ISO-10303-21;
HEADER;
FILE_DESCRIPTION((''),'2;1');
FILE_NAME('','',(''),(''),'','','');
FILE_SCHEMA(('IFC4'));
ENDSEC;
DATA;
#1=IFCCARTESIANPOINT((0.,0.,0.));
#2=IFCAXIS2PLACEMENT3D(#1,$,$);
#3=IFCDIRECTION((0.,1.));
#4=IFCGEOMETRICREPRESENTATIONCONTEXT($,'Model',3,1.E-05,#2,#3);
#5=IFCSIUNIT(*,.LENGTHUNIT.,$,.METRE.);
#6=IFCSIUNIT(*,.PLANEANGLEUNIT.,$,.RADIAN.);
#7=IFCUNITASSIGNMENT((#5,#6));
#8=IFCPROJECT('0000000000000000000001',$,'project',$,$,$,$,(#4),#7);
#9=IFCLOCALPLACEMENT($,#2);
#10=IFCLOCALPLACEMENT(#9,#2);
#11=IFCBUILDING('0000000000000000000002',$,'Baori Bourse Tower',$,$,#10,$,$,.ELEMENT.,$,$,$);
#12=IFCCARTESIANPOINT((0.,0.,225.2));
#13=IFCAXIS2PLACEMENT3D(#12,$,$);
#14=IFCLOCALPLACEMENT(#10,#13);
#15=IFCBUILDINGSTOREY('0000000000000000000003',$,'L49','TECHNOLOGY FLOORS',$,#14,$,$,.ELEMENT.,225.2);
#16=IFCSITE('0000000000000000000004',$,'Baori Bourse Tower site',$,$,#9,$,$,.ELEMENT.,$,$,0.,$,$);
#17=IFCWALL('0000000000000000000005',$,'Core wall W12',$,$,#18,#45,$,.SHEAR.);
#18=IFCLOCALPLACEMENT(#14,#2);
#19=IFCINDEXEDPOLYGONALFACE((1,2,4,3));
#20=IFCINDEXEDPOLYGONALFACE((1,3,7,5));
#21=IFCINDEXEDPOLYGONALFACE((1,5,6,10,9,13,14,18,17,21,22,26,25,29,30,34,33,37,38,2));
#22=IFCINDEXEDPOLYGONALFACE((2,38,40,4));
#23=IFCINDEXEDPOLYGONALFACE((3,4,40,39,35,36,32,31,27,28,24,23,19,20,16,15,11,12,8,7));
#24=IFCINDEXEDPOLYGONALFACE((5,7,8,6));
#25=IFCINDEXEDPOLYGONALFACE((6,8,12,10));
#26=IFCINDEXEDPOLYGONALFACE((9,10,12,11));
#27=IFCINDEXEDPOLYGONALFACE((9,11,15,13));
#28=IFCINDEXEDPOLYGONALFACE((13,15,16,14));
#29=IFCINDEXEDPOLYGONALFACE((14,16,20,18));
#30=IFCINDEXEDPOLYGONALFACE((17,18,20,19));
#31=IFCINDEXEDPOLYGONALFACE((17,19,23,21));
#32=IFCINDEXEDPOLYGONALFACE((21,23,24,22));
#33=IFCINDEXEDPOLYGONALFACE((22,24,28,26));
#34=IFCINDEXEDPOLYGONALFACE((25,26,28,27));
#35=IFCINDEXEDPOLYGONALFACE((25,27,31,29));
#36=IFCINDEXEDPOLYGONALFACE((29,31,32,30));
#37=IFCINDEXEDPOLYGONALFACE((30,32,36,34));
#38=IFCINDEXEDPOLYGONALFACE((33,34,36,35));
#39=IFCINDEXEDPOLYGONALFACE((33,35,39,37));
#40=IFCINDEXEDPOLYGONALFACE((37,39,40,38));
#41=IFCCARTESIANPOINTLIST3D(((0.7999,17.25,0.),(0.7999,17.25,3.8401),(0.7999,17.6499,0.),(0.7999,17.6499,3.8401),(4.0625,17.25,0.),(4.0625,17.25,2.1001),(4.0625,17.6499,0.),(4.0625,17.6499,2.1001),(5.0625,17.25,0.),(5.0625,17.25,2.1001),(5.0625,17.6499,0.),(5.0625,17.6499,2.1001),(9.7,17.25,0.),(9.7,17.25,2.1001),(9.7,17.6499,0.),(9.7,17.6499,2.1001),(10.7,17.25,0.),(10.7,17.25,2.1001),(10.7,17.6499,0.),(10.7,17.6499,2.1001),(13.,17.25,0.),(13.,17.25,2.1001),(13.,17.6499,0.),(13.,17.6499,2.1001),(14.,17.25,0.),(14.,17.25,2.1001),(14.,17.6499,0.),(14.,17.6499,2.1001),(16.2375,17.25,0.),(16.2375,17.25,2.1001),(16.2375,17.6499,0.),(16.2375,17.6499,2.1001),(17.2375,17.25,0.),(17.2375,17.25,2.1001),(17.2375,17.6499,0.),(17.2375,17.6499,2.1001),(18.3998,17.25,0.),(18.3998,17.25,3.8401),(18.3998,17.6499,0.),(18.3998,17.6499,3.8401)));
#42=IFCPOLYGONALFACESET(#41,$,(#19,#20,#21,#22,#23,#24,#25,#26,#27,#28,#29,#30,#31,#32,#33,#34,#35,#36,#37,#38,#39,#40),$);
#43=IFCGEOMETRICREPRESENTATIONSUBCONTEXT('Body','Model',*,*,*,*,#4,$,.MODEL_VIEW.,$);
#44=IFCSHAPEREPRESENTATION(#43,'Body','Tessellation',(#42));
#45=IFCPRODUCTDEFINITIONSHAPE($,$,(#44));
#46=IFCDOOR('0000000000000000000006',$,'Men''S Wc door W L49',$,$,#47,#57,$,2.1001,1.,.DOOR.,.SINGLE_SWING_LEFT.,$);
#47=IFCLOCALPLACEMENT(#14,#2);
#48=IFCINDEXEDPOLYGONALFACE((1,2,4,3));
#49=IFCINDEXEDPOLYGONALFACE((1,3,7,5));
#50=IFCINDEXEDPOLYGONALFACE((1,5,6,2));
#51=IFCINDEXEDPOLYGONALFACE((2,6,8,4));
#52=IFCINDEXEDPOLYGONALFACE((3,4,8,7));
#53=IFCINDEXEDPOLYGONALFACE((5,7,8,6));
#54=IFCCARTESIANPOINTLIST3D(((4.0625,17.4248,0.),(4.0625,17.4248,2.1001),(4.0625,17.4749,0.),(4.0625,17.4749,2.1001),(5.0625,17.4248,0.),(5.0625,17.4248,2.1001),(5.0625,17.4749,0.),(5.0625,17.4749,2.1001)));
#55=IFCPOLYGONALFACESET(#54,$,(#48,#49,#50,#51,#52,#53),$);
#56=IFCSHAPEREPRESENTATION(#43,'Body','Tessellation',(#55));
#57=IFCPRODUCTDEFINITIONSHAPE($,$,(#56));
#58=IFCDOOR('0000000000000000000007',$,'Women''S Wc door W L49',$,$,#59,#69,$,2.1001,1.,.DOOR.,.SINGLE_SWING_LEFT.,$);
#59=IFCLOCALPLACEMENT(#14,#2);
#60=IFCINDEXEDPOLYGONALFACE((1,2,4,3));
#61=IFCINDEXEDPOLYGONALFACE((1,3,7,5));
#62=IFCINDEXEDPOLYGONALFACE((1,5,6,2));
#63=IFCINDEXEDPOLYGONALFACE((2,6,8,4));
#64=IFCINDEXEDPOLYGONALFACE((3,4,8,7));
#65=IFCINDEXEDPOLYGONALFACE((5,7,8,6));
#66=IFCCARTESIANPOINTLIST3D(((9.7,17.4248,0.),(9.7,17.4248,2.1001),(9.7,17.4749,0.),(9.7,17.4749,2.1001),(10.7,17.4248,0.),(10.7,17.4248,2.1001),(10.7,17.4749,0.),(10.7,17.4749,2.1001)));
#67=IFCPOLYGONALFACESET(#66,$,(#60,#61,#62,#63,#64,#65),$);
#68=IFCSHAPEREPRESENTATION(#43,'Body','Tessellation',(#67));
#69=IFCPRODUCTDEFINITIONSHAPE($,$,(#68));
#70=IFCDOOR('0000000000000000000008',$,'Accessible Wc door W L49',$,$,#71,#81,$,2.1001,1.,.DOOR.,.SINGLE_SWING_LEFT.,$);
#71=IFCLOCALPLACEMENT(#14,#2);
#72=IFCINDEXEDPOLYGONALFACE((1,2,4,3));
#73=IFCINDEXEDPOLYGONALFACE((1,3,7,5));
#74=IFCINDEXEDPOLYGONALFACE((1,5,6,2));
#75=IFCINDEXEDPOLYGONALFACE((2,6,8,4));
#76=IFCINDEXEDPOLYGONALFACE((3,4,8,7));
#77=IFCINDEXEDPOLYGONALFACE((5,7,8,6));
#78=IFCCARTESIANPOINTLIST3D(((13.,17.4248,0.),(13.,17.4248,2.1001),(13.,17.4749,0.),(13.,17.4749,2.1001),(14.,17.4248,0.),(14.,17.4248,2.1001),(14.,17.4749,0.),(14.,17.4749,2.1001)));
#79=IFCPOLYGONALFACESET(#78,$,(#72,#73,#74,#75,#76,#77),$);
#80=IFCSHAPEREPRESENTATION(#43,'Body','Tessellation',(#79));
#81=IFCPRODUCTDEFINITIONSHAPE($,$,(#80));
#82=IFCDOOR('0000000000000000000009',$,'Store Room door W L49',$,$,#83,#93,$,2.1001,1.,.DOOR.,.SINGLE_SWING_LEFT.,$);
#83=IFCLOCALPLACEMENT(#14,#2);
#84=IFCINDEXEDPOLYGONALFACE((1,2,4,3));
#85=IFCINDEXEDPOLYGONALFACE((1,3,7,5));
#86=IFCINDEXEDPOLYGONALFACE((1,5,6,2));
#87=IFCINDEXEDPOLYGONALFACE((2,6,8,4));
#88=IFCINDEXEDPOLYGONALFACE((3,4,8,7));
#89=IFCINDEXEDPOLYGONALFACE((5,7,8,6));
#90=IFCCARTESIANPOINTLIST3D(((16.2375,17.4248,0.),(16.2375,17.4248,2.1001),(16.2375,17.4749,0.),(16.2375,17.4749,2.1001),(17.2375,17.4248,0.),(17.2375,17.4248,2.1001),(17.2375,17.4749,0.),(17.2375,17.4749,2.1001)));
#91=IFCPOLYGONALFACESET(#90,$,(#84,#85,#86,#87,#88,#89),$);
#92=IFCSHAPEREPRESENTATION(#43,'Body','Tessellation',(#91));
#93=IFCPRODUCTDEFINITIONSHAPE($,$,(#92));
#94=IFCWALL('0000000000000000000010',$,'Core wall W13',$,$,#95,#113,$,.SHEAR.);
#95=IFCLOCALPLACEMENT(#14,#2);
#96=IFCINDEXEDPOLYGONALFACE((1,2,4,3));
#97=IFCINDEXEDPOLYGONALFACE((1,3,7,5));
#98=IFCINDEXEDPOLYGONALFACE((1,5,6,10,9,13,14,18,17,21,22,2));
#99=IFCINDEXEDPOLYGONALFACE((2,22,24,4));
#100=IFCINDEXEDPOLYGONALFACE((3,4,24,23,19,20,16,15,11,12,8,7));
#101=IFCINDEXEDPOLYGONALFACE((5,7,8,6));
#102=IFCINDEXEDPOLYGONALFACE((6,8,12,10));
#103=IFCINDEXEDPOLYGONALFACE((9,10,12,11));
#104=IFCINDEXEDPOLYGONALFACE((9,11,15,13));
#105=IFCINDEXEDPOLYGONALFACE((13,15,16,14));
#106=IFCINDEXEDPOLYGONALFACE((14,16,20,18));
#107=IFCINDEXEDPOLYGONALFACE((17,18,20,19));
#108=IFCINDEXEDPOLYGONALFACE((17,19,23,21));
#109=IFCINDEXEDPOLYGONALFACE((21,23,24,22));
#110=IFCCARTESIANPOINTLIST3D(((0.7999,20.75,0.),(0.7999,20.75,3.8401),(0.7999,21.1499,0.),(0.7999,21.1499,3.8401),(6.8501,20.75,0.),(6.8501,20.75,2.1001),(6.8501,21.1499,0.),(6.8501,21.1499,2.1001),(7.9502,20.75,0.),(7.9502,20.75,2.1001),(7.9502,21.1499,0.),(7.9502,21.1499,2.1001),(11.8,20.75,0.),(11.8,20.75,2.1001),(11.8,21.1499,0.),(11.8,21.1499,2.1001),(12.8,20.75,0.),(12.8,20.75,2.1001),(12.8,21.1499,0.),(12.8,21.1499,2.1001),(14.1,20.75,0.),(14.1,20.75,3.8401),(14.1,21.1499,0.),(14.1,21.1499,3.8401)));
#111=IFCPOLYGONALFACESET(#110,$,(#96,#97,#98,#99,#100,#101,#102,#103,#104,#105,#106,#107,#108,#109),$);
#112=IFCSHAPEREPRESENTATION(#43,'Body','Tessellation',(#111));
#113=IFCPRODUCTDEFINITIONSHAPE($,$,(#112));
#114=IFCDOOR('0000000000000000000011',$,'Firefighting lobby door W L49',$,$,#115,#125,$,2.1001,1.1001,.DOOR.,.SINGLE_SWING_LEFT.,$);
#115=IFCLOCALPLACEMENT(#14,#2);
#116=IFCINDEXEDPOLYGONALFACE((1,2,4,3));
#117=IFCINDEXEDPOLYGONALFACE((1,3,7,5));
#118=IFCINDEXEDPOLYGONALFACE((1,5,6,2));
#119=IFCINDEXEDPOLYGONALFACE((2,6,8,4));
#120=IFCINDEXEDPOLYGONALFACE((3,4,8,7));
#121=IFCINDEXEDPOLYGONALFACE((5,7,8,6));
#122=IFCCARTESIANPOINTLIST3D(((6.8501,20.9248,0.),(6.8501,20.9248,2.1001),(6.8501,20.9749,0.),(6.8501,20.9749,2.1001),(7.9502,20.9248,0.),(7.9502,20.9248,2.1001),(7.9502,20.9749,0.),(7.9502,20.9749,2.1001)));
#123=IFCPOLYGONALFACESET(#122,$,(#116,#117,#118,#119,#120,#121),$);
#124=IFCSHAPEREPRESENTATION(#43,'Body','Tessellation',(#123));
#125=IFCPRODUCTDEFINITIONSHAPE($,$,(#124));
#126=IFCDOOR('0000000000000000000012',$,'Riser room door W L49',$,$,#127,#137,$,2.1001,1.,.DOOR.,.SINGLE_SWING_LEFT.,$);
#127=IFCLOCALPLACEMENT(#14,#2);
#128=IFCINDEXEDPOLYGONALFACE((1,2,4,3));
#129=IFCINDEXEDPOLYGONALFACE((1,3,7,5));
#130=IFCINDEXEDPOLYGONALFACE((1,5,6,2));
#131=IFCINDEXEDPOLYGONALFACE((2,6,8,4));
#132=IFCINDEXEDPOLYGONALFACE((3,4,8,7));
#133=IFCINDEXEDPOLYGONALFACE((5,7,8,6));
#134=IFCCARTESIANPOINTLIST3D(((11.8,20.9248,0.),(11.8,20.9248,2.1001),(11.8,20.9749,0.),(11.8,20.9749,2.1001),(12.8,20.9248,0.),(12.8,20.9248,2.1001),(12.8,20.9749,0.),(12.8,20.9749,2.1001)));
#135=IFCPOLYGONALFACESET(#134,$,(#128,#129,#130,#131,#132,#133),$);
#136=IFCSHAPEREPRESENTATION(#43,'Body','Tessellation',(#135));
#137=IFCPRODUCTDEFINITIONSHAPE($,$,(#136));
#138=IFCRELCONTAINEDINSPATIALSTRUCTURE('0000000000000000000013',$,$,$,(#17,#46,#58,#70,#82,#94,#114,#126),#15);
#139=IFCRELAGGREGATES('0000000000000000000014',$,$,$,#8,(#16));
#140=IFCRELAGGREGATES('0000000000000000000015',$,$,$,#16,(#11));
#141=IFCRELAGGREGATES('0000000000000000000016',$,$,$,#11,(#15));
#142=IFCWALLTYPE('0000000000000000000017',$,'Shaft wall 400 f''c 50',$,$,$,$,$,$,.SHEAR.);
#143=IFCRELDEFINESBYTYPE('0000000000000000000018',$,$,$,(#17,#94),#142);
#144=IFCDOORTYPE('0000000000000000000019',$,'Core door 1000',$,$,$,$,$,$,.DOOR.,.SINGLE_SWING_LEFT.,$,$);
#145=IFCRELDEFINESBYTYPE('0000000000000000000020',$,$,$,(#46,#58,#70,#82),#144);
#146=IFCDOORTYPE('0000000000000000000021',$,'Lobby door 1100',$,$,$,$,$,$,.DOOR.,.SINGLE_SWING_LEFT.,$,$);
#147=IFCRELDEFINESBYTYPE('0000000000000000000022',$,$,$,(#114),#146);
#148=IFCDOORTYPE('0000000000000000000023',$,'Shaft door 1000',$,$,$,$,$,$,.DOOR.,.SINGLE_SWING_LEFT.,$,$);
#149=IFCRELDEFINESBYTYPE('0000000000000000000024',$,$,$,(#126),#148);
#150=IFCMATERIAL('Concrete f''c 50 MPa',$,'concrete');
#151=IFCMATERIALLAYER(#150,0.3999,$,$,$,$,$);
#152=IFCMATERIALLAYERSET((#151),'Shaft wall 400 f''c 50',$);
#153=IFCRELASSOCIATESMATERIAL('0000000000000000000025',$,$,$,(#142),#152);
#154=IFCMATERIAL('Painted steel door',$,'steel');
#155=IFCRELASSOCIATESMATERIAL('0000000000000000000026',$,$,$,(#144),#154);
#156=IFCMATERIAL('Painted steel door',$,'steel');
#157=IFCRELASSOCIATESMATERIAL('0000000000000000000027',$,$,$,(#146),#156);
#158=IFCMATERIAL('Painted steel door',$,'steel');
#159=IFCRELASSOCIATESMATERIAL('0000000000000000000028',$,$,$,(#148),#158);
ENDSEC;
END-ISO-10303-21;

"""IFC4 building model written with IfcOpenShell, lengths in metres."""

from ifc_helpers import new_model, si_unit, direction, frame, frame_2d, origin, place, context, subcontext, project, spatial, rectangle, extrude, material, layer, layer_set, type_object, element, fill, save


model = new_model("IFC4")

# Units and contexts
model_context = context("Model", 3, precision=1e-05, world=origin(), true_north=direction((0.0, 1.0)))
body_context = subcontext(model_context, "Body", "Model", "MODEL_VIEW")
ifc_project = project(units=[si_unit("LENGTHUNIT", "METRE"), si_unit("PLANEANGLEUNIT", "RADIAN")], contexts=[model_context])

# Site, building, storey
site_placement = place(None, origin())
site = spatial("IfcSite", under=ifc_project, at=site_placement, Name="Baori Bourse Tower site", CompositionType="ELEMENT", RefElevation=0.0)
building_placement = place(site_placement, origin())
building = spatial("IfcBuilding", under=site, at=building_placement, Name="Baori Bourse Tower", CompositionType="ELEMENT")
storey_placement = place(building_placement, frame((0.0, 0.0, 225.2)))
storey = spatial("IfcBuildingStorey", under=building, at=storey_placement, Name="L49", Description="TECHNOLOGY FLOORS", CompositionType="ELEMENT", Elevation=225.2)

# Walls, openings, doors
ifc_material_1 = material(Name="Concrete f'c 50 MPa", Category="concrete")
ifc_layer_1 = layer(ifc_material_1, 0.3999)
ifc_layer_set_1 = layer_set([ifc_layer_1], Name="Shaft wall 400 f'c 50")
wall_type_1 = type_object("IfcWallType", Name="Shaft wall 400 f'c 50", PredefinedType="SHEAR", material=ifc_layer_set_1)
wall_1_placement = place(storey_placement, frame((0.8, 17.45, 0.0), z_axis=(0.0, 0.0, 1.0), x_axis=(1.0, 0.0, 0.0)))
wall_1 = element("IfcWall", 1, at=wall_1_placement, inside=storey, type_object=wall_type_1, Name="Core wall W12", PredefinedType="SHEAR", context=body_context, shape_type="SweptSolid", body=[
    extrude(rectangle(XDim=17.5999, YDim=0.3999, at=frame_2d((8.7998, 0.0))), origin(), (0.0, 0.0, 1.0), 3.8401),
])
opening_1_placement = place(wall_1_placement, frame((3.2625, 0.0, 0.0)))
opening_1 = element("IfcOpeningElement", 2, at=opening_1_placement, cuts=wall_1, PredefinedType="OPENING", context=body_context, shape_type="SweptSolid", body=[
    extrude(rectangle(XDim=1.0, YDim=2.1001, at=frame_2d((0.5, 1.05))), frame((0.0, 0.21, 0.0), z_axis=(0.0, -1.0, 0.0), x_axis=(1.0, 0.0, 0.0)), (0.0, 0.0, 1.0), 0.4199),
])
opening_2_placement = place(wall_1_placement, frame((8.8999, 0.0, 0.0)))
opening_2 = element("IfcOpeningElement", 3, at=opening_2_placement, cuts=wall_1, PredefinedType="OPENING", context=body_context, shape_type="SweptSolid", body=[
    extrude(rectangle(XDim=1.0, YDim=2.1001, at=frame_2d((0.5, 1.05))), frame((0.0, 0.21, 0.0), z_axis=(0.0, -1.0, 0.0), x_axis=(1.0, 0.0, 0.0)), (0.0, 0.0, 1.0), 0.4199),
])
opening_3_placement = place(wall_1_placement, frame((12.2, 0.0, 0.0)))
opening_3 = element("IfcOpeningElement", 4, at=opening_3_placement, cuts=wall_1, PredefinedType="OPENING", context=body_context, shape_type="SweptSolid", body=[
    extrude(rectangle(XDim=1.0, YDim=2.1001, at=frame_2d((0.5, 1.05))), frame((0.0, 0.21, 0.0), z_axis=(0.0, -1.0, 0.0), x_axis=(1.0, 0.0, 0.0)), (0.0, 0.0, 1.0), 0.4199),
])
opening_4_placement = place(wall_1_placement, frame((15.4375, 0.0, 0.0)))
opening_4 = element("IfcOpeningElement", 5, at=opening_4_placement, cuts=wall_1, PredefinedType="OPENING", context=body_context, shape_type="SweptSolid", body=[
    extrude(rectangle(XDim=1.0, YDim=2.1001, at=frame_2d((0.5, 1.05))), frame((0.0, 0.21, 0.0), z_axis=(0.0, -1.0, 0.0), x_axis=(1.0, 0.0, 0.0)), (0.0, 0.0, 1.0), 0.4199),
])
ifc_material_2 = material(Name="Painted steel door", Category="steel")
door_type_1 = type_object("IfcDoorType", Name="Core door 1000", OperationType="SINGLE_SWING_LEFT", PredefinedType="DOOR", material=ifc_material_2)
door_1_placement = place(opening_1_placement, origin())
door_1 = element("IfcDoor", 6, at=door_1_placement, inside=storey, type_object=door_type_1, Name="Men'S Wc door W L49", OperationType="SINGLE_SWING_LEFT", OverallHeight=2.1001, OverallWidth=1.0, PredefinedType="DOOR", context=body_context, shape_type="SweptSolid", body=[
    extrude(rectangle(XDim=1.0, YDim=2.1001, at=frame_2d((0.5, 1.05))), frame((0.0, 0.0249, 0.0), z_axis=(0.0, -1.0, 0.0), x_axis=(1.0, 0.0, 0.0)), (0.0, 0.0, 1.0), 0.05),
])
fill(opening_1, door_1)
door_2_placement = place(opening_2_placement, origin())
door_2 = element("IfcDoor", 7, at=door_2_placement, inside=storey, type_object=door_type_1, Name="Women'S Wc door W L49", OperationType="SINGLE_SWING_LEFT", OverallHeight=2.1001, OverallWidth=1.0, PredefinedType="DOOR", context=body_context, shape_type="SweptSolid", body=[
    extrude(rectangle(XDim=1.0, YDim=2.1001, at=frame_2d((0.5, 1.05))), frame((0.0, 0.0249, 0.0), z_axis=(0.0, -1.0, 0.0), x_axis=(1.0, 0.0, 0.0)), (0.0, 0.0, 1.0), 0.05),
])
fill(opening_2, door_2)
door_3_placement = place(opening_3_placement, origin())
door_3 = element("IfcDoor", 8, at=door_3_placement, inside=storey, type_object=door_type_1, Name="Accessible Wc door W L49", OperationType="SINGLE_SWING_LEFT", OverallHeight=2.1001, OverallWidth=1.0, PredefinedType="DOOR", context=body_context, shape_type="SweptSolid", body=[
    extrude(rectangle(XDim=1.0, YDim=2.1001, at=frame_2d((0.5, 1.05))), frame((0.0, 0.0249, 0.0), z_axis=(0.0, -1.0, 0.0), x_axis=(1.0, 0.0, 0.0)), (0.0, 0.0, 1.0), 0.05),
])
fill(opening_3, door_3)
door_4_placement = place(opening_4_placement, origin())
door_4 = element("IfcDoor", 9, at=door_4_placement, inside=storey, type_object=door_type_1, Name="Store Room door W L49", OperationType="SINGLE_SWING_LEFT", OverallHeight=2.1001, OverallWidth=1.0, PredefinedType="DOOR", context=body_context, shape_type="SweptSolid", body=[
    extrude(rectangle(XDim=1.0, YDim=2.1001, at=frame_2d((0.5, 1.05))), frame((0.0, 0.0249, 0.0), z_axis=(0.0, -1.0, 0.0), x_axis=(1.0, 0.0, 0.0)), (0.0, 0.0, 1.0), 0.05),
])
fill(opening_4, door_4)
wall_2_placement = place(storey_placement, frame((0.8, 20.95, 0.0), z_axis=(0.0, 0.0, 1.0), x_axis=(1.0, 0.0, 0.0)))
wall_2 = element("IfcWall", 10, at=wall_2_placement, inside=storey, type_object=wall_type_1, Name="Core wall W13", PredefinedType="SHEAR", context=body_context, shape_type="SweptSolid", body=[
    extrude(rectangle(XDim=13.3, YDim=0.3999, at=frame_2d((6.6499, 0.0))), origin(), (0.0, 0.0, 1.0), 3.8401),
])
opening_5_placement = place(wall_2_placement, frame((6.05, 0.0, 0.0)))
opening_5 = element("IfcOpeningElement", 11, at=opening_5_placement, cuts=wall_2, PredefinedType="OPENING", context=body_context, shape_type="SweptSolid", body=[
    extrude(rectangle(XDim=1.1001, YDim=2.1001, at=frame_2d((0.55, 1.05))), frame((0.0, 0.21, 0.0), z_axis=(0.0, -1.0, 0.0), x_axis=(1.0, 0.0, 0.0)), (0.0, 0.0, 1.0), 0.4199),
])
opening_6_placement = place(wall_2_placement, frame((11.0, 0.0, 0.0)))
opening_6 = element("IfcOpeningElement", 12, at=opening_6_placement, cuts=wall_2, PredefinedType="OPENING", context=body_context, shape_type="SweptSolid", body=[
    extrude(rectangle(XDim=1.0, YDim=2.1001, at=frame_2d((0.5, 1.05))), frame((0.0, 0.21, 0.0), z_axis=(0.0, -1.0, 0.0), x_axis=(1.0, 0.0, 0.0)), (0.0, 0.0, 1.0), 0.4199),
])
ifc_material_3 = material(Name="Painted steel door", Category="steel")
door_type_2 = type_object("IfcDoorType", Name="Lobby door 1100", OperationType="SINGLE_SWING_LEFT", PredefinedType="DOOR", material=ifc_material_3)
door_5_placement = place(opening_5_placement, origin())
door_5 = element("IfcDoor", 13, at=door_5_placement, inside=storey, type_object=door_type_2, Name="Firefighting lobby door W L49", OperationType="SINGLE_SWING_LEFT", OverallHeight=2.1001, OverallWidth=1.1001, PredefinedType="DOOR", context=body_context, shape_type="SweptSolid", body=[
    extrude(rectangle(XDim=1.1001, YDim=2.1001, at=frame_2d((0.55, 1.05))), frame((0.0, 0.0249, 0.0), z_axis=(0.0, -1.0, 0.0), x_axis=(1.0, 0.0, 0.0)), (0.0, 0.0, 1.0), 0.05),
])
fill(opening_5, door_5)
ifc_material_4 = material(Name="Painted steel door", Category="steel")
door_type_3 = type_object("IfcDoorType", Name="Shaft door 1000", OperationType="SINGLE_SWING_LEFT", PredefinedType="DOOR", material=ifc_material_4)
door_6_placement = place(opening_6_placement, origin())
door_6 = element("IfcDoor", 14, at=door_6_placement, inside=storey, type_object=door_type_3, Name="Riser room door W L49", OperationType="SINGLE_SWING_LEFT", OverallHeight=2.1001, OverallWidth=1.0, PredefinedType="DOOR", context=body_context, shape_type="SweptSolid", body=[
    extrude(rectangle(XDim=1.0, YDim=2.1001, at=frame_2d((0.5, 1.05))), frame((0.0, 0.0249, 0.0), z_axis=(0.0, -1.0, 0.0), x_axis=(1.0, 0.0, 0.0)), (0.0, 0.0, 1.0), 0.05),
])
fill(opening_6, door_6)

save(model, "model.ifc")
